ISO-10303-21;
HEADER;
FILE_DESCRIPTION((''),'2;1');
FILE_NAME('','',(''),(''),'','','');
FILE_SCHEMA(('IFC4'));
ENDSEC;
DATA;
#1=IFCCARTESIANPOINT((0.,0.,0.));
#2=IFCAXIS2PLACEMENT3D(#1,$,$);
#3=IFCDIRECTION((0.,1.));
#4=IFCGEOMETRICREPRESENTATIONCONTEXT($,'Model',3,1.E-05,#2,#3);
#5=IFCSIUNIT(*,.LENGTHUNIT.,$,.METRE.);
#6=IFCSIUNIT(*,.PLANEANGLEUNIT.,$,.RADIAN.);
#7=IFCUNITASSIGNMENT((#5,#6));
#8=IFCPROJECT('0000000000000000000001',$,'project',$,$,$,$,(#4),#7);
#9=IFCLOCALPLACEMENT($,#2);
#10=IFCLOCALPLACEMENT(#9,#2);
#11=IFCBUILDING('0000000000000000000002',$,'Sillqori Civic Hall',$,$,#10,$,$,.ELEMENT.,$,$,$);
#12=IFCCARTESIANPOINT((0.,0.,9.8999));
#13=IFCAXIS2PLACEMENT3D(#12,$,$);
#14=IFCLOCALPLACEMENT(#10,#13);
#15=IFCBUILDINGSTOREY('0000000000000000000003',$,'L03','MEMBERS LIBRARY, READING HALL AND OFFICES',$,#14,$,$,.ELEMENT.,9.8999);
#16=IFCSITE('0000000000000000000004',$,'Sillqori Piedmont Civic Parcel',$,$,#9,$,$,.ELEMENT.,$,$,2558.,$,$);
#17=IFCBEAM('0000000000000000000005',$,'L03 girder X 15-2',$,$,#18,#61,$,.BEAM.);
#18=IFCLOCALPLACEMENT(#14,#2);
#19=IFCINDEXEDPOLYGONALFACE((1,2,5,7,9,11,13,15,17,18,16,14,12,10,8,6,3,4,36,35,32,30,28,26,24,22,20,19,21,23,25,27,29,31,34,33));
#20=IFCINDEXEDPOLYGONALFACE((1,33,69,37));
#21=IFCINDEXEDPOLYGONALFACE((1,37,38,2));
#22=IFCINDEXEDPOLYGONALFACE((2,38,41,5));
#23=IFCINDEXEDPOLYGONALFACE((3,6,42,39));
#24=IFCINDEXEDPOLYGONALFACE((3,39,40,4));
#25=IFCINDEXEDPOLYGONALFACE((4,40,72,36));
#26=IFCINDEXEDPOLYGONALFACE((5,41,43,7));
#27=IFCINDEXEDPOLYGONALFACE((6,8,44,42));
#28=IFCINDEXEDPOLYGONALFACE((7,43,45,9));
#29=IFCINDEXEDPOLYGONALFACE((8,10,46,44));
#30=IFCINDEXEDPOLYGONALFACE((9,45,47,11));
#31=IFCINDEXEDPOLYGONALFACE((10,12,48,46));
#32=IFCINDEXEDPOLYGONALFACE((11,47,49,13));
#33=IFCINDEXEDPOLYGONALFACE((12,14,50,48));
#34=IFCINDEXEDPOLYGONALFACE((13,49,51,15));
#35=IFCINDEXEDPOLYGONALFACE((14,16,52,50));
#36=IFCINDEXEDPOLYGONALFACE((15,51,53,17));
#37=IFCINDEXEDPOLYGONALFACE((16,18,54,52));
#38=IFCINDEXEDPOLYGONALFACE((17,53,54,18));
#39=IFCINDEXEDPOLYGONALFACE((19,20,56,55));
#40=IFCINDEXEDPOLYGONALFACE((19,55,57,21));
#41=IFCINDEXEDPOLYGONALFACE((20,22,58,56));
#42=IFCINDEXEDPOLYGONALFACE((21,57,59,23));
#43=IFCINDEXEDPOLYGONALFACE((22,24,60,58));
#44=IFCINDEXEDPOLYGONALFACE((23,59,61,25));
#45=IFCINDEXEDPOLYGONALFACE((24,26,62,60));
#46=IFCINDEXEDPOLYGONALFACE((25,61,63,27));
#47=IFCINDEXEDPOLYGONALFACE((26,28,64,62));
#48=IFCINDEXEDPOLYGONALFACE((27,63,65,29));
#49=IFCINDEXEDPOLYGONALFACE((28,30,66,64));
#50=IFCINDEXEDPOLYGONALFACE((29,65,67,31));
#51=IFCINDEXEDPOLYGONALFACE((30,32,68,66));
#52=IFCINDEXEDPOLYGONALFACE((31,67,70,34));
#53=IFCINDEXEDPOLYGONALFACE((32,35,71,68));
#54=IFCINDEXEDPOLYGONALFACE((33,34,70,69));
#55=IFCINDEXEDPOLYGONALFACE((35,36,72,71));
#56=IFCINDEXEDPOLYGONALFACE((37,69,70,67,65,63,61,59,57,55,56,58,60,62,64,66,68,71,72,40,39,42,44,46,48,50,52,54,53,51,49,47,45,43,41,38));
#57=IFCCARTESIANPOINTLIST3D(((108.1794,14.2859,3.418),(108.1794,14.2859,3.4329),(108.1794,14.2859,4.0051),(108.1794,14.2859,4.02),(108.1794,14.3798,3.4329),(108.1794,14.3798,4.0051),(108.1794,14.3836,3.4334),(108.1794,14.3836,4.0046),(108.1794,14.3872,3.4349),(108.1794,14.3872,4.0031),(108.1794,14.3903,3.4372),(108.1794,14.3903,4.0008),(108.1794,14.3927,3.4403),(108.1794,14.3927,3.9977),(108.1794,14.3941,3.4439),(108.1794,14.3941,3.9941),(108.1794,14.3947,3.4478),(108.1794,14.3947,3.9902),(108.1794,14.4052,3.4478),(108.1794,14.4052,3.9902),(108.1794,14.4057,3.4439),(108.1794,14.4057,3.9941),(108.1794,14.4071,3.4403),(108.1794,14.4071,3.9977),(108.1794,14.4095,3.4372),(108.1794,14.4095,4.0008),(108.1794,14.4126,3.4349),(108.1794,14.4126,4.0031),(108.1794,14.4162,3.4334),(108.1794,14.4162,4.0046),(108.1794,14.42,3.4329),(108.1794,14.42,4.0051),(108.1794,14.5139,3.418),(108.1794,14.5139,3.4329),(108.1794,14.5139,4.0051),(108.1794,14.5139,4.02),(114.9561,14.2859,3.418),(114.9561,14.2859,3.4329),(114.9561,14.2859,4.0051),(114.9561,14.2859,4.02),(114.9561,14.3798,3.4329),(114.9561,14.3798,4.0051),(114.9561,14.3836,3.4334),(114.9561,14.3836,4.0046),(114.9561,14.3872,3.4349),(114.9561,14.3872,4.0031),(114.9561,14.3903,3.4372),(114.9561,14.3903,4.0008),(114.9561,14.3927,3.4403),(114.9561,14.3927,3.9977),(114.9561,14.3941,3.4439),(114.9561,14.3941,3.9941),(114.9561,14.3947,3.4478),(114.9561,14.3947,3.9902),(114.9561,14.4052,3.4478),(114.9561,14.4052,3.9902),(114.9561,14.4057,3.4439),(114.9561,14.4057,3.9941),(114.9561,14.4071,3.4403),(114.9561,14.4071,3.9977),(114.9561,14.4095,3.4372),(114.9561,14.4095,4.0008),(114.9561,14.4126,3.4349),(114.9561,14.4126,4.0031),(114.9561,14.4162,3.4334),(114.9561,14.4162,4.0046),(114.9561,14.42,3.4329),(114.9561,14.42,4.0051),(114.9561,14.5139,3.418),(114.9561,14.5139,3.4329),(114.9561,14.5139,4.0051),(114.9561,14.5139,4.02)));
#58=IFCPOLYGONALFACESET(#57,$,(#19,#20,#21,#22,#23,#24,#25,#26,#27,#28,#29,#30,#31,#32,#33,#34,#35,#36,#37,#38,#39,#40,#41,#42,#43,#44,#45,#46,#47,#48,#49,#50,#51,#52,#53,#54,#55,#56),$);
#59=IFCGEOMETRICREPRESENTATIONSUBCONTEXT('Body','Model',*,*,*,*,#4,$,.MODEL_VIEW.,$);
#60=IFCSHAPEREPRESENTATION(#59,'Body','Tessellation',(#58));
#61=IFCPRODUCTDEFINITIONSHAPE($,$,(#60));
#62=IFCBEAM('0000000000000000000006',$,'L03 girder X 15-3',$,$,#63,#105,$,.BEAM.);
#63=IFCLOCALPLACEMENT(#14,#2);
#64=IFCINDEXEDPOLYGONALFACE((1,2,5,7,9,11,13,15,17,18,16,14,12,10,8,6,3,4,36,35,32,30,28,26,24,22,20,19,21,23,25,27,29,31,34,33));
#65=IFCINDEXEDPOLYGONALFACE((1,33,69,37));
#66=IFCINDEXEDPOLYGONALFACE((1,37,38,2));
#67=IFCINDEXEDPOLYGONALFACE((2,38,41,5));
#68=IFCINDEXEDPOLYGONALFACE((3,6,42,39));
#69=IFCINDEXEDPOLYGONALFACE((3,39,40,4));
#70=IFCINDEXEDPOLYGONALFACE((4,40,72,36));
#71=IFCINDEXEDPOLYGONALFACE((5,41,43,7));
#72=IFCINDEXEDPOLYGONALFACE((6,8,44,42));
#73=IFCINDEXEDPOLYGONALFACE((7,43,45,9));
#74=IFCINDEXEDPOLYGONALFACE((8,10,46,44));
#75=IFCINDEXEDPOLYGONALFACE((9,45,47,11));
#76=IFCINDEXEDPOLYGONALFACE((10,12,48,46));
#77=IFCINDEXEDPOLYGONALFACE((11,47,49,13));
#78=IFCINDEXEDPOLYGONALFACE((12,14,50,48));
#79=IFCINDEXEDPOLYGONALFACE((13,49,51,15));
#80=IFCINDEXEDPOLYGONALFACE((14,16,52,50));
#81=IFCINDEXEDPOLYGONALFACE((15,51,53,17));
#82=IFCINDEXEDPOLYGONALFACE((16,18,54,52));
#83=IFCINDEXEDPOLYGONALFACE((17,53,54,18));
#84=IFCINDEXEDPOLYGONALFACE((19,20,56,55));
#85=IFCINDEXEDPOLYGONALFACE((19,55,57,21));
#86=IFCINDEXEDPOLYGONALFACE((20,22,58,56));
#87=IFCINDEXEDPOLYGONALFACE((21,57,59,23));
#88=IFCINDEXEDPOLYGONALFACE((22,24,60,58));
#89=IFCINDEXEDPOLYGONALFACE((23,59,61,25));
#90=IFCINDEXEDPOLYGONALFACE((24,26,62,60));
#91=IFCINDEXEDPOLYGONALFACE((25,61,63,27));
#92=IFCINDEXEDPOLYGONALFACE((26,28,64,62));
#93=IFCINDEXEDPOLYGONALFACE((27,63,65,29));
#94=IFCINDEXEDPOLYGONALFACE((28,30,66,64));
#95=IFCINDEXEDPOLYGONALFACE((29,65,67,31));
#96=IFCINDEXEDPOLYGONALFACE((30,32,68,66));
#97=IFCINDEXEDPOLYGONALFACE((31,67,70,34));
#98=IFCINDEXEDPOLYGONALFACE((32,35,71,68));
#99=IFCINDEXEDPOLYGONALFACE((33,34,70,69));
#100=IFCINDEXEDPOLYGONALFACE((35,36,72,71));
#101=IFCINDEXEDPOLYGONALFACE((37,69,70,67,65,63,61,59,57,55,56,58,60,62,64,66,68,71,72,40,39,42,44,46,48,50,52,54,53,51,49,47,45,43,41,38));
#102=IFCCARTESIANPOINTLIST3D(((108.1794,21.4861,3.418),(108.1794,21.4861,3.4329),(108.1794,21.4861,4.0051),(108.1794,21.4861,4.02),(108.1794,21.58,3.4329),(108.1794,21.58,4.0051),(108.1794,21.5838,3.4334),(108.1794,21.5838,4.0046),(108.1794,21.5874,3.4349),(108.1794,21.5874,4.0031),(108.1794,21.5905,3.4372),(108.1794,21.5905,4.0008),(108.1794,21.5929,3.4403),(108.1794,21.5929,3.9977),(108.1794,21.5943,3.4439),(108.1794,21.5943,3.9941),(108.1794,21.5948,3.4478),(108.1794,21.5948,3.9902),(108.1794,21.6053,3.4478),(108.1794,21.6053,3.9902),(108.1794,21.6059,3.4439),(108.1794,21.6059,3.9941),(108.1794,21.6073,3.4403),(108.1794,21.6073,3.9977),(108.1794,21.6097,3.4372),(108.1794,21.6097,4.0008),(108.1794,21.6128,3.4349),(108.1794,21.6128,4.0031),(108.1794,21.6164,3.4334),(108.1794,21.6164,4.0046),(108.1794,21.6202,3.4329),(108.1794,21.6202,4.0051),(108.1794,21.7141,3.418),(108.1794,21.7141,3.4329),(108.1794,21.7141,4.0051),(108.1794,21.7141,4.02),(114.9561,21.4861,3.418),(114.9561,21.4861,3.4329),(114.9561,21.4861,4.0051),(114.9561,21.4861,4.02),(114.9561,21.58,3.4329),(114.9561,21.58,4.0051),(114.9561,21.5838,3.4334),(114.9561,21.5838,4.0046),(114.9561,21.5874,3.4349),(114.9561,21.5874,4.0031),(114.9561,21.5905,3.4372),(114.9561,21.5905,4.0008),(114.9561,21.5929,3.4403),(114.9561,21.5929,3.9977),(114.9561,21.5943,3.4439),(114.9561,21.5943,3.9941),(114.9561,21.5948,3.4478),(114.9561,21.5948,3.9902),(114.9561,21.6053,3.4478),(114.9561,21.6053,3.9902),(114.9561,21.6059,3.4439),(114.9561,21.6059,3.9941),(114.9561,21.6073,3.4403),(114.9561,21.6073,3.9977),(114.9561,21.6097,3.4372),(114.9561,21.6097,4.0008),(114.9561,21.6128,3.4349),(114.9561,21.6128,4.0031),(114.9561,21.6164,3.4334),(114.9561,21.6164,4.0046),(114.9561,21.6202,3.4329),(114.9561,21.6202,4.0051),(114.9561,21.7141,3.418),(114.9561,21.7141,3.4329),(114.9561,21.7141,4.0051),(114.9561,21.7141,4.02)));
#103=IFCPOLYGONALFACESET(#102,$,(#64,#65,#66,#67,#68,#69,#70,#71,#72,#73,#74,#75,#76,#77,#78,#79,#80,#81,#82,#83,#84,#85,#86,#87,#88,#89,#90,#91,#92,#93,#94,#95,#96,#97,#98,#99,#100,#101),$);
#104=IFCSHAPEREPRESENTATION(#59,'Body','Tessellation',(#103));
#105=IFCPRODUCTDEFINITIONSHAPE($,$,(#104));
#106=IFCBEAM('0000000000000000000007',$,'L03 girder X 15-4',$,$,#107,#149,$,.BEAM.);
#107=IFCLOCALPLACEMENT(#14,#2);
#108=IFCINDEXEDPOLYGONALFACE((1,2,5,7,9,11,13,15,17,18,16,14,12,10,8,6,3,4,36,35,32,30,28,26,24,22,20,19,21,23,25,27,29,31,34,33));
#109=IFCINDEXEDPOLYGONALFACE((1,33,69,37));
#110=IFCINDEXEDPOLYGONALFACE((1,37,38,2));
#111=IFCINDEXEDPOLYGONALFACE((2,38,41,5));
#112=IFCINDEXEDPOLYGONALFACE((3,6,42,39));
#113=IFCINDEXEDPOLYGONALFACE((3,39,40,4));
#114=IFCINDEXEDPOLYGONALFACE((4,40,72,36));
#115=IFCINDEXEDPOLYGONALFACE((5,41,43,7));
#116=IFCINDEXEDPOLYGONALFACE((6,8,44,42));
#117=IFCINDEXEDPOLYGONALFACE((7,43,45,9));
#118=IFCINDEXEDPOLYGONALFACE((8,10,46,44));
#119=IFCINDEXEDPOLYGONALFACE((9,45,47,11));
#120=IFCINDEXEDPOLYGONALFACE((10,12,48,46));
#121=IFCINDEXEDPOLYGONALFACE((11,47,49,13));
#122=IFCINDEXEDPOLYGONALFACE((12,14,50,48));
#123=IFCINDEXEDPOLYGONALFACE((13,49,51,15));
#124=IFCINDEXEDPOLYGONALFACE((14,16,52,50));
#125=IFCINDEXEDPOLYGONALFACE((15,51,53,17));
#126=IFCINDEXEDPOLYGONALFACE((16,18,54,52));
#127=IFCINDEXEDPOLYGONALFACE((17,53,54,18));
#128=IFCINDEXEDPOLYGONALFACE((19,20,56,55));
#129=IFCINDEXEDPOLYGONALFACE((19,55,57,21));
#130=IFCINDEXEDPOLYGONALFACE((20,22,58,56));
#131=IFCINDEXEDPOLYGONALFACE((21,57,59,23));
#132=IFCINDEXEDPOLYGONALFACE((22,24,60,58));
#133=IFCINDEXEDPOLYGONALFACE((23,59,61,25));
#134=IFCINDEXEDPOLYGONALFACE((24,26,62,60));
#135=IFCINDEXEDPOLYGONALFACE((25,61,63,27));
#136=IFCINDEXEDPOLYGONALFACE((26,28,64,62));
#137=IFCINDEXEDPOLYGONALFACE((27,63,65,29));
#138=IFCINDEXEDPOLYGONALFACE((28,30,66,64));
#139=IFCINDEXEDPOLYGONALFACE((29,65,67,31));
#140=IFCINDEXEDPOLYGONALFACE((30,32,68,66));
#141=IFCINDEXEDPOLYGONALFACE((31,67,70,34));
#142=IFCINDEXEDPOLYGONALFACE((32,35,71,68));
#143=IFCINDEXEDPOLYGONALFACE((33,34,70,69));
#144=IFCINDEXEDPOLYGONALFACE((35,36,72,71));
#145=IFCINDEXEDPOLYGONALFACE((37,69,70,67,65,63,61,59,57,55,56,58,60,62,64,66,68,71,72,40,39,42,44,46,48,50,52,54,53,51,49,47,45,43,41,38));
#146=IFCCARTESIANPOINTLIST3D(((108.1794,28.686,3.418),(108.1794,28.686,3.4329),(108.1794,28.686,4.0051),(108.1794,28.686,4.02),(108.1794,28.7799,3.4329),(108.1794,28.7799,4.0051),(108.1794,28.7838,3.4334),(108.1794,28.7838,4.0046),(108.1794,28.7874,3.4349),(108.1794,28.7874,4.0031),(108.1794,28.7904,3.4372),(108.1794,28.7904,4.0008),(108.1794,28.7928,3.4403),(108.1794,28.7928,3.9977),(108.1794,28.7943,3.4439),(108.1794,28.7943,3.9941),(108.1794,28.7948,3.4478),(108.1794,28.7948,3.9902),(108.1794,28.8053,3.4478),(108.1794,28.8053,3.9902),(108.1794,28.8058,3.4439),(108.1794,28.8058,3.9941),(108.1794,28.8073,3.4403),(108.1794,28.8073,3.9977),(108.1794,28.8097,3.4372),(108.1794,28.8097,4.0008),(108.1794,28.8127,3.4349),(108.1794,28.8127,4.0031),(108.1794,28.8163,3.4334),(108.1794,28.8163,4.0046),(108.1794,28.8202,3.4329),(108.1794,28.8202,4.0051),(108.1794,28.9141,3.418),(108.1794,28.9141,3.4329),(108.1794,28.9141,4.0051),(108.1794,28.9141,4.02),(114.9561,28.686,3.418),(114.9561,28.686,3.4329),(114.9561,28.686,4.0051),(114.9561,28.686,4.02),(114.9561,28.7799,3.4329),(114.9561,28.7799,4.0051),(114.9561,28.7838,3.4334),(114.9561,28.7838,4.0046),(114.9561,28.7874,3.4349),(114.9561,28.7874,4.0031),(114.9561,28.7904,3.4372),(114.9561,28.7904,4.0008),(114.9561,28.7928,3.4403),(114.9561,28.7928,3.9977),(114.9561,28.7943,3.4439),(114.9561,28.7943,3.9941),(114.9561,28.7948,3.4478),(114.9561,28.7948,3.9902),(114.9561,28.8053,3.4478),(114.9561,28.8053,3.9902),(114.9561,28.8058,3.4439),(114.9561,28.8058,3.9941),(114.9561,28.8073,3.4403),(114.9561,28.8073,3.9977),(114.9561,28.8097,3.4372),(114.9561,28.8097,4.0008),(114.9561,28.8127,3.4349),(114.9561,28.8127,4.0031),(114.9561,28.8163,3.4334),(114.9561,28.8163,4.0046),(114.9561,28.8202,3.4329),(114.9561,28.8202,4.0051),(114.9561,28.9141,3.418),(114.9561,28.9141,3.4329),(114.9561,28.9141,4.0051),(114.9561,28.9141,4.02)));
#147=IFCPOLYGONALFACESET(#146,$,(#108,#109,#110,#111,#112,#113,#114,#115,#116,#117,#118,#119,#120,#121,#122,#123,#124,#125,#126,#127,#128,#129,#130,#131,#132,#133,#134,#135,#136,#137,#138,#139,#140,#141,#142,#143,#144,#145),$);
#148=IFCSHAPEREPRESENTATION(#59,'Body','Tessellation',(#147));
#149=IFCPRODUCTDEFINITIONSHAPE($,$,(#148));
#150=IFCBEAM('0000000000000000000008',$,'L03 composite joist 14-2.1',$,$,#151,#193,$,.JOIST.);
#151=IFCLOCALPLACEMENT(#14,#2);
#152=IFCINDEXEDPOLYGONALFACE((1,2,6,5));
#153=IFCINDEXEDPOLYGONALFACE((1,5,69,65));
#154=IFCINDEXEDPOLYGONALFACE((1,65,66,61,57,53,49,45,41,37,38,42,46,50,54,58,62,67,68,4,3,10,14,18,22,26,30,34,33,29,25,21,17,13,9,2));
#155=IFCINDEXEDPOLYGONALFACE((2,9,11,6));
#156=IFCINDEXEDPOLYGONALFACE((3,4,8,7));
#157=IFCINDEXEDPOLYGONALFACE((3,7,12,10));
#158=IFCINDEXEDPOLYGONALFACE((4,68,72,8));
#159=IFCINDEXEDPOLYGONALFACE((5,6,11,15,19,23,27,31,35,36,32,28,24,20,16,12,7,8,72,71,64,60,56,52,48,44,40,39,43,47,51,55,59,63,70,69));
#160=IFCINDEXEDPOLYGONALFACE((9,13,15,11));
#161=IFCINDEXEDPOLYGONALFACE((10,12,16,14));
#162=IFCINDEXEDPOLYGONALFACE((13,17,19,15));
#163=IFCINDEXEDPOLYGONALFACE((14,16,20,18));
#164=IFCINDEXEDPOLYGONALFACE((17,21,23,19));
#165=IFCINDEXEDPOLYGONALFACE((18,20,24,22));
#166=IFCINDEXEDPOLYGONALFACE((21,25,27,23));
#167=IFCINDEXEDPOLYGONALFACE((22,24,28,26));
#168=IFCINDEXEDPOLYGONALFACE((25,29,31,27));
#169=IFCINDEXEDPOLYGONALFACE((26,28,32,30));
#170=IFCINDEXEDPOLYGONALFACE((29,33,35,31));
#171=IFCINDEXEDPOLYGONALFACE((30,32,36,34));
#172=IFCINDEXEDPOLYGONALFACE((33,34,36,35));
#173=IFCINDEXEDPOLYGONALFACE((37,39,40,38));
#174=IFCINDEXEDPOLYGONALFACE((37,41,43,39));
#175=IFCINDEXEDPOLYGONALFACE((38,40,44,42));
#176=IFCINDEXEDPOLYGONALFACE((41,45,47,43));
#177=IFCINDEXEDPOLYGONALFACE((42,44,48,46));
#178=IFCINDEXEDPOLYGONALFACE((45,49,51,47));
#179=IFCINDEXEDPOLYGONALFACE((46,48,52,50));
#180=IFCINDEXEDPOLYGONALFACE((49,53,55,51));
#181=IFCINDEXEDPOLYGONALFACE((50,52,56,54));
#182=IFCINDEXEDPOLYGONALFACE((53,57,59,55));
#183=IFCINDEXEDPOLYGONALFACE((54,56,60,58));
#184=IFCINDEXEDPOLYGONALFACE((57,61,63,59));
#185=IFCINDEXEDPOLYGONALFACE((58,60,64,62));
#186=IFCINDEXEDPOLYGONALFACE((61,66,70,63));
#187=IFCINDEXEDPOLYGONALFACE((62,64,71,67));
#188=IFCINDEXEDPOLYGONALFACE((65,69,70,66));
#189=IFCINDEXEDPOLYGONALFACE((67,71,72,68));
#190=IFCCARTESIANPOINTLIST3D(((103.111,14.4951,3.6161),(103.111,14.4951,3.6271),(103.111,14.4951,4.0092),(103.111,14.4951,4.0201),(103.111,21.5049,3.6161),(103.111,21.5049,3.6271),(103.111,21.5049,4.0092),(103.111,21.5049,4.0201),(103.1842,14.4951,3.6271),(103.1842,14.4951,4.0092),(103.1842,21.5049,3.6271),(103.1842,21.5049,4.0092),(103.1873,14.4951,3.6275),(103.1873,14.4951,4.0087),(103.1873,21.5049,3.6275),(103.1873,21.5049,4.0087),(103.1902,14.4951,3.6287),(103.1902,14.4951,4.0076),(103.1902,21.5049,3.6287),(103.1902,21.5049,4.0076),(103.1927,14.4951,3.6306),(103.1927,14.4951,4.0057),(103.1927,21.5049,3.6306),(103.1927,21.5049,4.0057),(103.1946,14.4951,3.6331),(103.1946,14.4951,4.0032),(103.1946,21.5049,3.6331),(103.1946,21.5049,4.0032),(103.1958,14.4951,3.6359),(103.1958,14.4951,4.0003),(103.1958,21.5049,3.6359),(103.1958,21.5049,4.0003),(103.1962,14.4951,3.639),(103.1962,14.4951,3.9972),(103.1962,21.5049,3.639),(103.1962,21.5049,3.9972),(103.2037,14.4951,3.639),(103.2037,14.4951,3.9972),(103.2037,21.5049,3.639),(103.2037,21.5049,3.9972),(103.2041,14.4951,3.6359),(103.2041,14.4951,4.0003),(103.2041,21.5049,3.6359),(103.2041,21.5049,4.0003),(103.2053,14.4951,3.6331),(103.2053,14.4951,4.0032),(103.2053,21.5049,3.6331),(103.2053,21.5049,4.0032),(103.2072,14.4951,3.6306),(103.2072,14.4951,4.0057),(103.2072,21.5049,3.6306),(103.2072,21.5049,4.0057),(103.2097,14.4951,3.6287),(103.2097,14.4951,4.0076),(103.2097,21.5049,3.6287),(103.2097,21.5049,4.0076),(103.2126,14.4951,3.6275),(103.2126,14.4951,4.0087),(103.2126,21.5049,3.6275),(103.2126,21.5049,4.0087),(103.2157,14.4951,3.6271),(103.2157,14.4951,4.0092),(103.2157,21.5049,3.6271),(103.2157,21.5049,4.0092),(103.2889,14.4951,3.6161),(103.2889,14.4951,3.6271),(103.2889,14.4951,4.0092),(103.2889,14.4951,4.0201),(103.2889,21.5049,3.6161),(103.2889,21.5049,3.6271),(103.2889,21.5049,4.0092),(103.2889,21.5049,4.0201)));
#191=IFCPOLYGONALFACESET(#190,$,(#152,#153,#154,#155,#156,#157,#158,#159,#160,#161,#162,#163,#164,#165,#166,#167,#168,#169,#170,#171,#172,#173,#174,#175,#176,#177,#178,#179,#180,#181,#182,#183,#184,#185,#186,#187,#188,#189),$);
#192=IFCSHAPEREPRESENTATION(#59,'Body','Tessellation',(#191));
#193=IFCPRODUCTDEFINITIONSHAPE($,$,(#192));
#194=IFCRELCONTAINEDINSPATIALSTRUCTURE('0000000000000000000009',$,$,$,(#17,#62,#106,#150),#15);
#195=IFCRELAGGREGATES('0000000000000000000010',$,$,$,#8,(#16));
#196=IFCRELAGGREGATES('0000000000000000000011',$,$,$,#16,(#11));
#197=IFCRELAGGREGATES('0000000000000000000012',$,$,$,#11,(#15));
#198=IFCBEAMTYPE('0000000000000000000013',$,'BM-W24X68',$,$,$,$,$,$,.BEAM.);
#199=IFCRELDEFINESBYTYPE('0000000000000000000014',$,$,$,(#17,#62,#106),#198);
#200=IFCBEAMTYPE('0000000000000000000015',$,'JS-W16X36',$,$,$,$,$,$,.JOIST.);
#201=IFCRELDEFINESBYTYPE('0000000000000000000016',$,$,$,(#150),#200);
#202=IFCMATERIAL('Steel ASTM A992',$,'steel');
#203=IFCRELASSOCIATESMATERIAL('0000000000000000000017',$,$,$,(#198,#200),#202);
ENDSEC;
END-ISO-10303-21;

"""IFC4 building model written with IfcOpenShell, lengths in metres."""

from ifc_helpers import new_model, si_unit, direction, frame, origin, origin_2d, place, context, subcontext, project, spatial, i_section, extrude, material, material_profile, profile_set, type_object, element, save


model = new_model("IFC4")

# Units and contexts
model_context = context("Model", 3, precision=1e-05, world=origin(), true_north=direction((0.0, 1.0)))
body_context = subcontext(model_context, "Body", "Model", "MODEL_VIEW")
ifc_project = project(units=[si_unit("LENGTHUNIT", "METRE"), si_unit("PLANEANGLEUNIT", "RADIAN")], contexts=[model_context])

# Site, building, storey
site_placement = place(None, origin())
site = spatial("IfcSite", under=ifc_project, at=site_placement, Name="Sillqori Piedmont Civic Parcel", CompositionType="ELEMENT", RefElevation=2558.0)
building_placement = place(site_placement, origin())
building = spatial("IfcBuilding", under=site, at=building_placement, Name="Sillqori Civic Hall", CompositionType="ELEMENT")
storey_placement = place(building_placement, frame((0.0, 0.0, 9.8999)))
storey = spatial("IfcBuildingStorey", under=building, at=storey_placement, Name="L03", Description="MEMBERS LIBRARY, READING HALL AND OFFICES", CompositionType="ELEMENT", Elevation=9.8999)

# Shared definitions
ifc_material_1 = material(Name="Steel ASTM A992", Category="steel")

# Beams
ifc_material_profile_1 = material_profile(ifc_material_1, i_section(OverallWidth=0.228, OverallDepth=0.6021, WebThickness=0.0105, FlangeThickness=0.0149, FilletRadius=0.0149, at=origin_2d()), Name="W24X68")
ifc_profile_set_1 = profile_set([ifc_material_profile_1], Name="Steel ASTM A992")
beam_type_1 = type_object("IfcBeamType", Name="BM-W24X68", PredefinedType="BEAM", material=ifc_profile_set_1)
for number, where, z_axis, x_axis, name in (
    (1, (108.1794, 14.3999, 3.719), (1.0, 0.0, 0.0), (0.0, 1.0, 0.0), "L03 girder X 15-2"),
    (2, (108.1794, 21.6001, 3.719), (1.0, 0.0, 0.0), (0.0, 1.0, 0.0), "L03 girder X 15-3"),
    (3, (108.1794, 28.8, 3.719), (1.0, 0.0, 0.0), (0.0, 1.0, 0.0), "L03 girder X 15-4"),
):
    element("IfcBeam", number, at=place(storey_placement, frame(where, z_axis=z_axis, x_axis=x_axis)), inside=storey, type_object=beam_type_1, Name=name, PredefinedType="BEAM", context=body_context, shape_type="SweptSolid", body=[
        extrude(i_section(OverallWidth=0.228, OverallDepth=0.6021, WebThickness=0.0105, FlangeThickness=0.0149, FilletRadius=0.0149, at=origin_2d()), origin(), (0.0, 0.0, 1.0), 6.7766),
    ])
ifc_material_profile_2 = material_profile(ifc_material_1, i_section(OverallWidth=0.178, OverallDepth=0.4041, WebThickness=0.0076, FlangeThickness=0.011, FilletRadius=0.012, at=origin_2d()), Name="W16X36")
ifc_profile_set_2 = profile_set([ifc_material_profile_2], Name="Steel ASTM A992")
beam_type_2 = type_object("IfcBeamType", Name="JS-W16X36", PredefinedType="JOIST", material=ifc_profile_set_2)
for number, where, z_axis, x_axis, name in (
    (4, (103.2, 14.4951, 3.8181), (0.0, 1.0, 0.0), (-1.0, 0.0, 0.0), "L03 composite joist 14-2.1"),
):
    element("IfcBeam", number, at=place(storey_placement, frame(where, z_axis=z_axis, x_axis=x_axis)), inside=storey, type_object=beam_type_2, Name=name, PredefinedType="JOIST", context=body_context, shape_type="SweptSolid", body=[
        extrude(i_section(OverallWidth=0.178, OverallDepth=0.4041, WebThickness=0.0076, FlangeThickness=0.011, FilletRadius=0.012, at=origin_2d()), origin(), (0.0, 0.0, 1.0), 7.0098),
    ])

save(model, "model.ifc")
